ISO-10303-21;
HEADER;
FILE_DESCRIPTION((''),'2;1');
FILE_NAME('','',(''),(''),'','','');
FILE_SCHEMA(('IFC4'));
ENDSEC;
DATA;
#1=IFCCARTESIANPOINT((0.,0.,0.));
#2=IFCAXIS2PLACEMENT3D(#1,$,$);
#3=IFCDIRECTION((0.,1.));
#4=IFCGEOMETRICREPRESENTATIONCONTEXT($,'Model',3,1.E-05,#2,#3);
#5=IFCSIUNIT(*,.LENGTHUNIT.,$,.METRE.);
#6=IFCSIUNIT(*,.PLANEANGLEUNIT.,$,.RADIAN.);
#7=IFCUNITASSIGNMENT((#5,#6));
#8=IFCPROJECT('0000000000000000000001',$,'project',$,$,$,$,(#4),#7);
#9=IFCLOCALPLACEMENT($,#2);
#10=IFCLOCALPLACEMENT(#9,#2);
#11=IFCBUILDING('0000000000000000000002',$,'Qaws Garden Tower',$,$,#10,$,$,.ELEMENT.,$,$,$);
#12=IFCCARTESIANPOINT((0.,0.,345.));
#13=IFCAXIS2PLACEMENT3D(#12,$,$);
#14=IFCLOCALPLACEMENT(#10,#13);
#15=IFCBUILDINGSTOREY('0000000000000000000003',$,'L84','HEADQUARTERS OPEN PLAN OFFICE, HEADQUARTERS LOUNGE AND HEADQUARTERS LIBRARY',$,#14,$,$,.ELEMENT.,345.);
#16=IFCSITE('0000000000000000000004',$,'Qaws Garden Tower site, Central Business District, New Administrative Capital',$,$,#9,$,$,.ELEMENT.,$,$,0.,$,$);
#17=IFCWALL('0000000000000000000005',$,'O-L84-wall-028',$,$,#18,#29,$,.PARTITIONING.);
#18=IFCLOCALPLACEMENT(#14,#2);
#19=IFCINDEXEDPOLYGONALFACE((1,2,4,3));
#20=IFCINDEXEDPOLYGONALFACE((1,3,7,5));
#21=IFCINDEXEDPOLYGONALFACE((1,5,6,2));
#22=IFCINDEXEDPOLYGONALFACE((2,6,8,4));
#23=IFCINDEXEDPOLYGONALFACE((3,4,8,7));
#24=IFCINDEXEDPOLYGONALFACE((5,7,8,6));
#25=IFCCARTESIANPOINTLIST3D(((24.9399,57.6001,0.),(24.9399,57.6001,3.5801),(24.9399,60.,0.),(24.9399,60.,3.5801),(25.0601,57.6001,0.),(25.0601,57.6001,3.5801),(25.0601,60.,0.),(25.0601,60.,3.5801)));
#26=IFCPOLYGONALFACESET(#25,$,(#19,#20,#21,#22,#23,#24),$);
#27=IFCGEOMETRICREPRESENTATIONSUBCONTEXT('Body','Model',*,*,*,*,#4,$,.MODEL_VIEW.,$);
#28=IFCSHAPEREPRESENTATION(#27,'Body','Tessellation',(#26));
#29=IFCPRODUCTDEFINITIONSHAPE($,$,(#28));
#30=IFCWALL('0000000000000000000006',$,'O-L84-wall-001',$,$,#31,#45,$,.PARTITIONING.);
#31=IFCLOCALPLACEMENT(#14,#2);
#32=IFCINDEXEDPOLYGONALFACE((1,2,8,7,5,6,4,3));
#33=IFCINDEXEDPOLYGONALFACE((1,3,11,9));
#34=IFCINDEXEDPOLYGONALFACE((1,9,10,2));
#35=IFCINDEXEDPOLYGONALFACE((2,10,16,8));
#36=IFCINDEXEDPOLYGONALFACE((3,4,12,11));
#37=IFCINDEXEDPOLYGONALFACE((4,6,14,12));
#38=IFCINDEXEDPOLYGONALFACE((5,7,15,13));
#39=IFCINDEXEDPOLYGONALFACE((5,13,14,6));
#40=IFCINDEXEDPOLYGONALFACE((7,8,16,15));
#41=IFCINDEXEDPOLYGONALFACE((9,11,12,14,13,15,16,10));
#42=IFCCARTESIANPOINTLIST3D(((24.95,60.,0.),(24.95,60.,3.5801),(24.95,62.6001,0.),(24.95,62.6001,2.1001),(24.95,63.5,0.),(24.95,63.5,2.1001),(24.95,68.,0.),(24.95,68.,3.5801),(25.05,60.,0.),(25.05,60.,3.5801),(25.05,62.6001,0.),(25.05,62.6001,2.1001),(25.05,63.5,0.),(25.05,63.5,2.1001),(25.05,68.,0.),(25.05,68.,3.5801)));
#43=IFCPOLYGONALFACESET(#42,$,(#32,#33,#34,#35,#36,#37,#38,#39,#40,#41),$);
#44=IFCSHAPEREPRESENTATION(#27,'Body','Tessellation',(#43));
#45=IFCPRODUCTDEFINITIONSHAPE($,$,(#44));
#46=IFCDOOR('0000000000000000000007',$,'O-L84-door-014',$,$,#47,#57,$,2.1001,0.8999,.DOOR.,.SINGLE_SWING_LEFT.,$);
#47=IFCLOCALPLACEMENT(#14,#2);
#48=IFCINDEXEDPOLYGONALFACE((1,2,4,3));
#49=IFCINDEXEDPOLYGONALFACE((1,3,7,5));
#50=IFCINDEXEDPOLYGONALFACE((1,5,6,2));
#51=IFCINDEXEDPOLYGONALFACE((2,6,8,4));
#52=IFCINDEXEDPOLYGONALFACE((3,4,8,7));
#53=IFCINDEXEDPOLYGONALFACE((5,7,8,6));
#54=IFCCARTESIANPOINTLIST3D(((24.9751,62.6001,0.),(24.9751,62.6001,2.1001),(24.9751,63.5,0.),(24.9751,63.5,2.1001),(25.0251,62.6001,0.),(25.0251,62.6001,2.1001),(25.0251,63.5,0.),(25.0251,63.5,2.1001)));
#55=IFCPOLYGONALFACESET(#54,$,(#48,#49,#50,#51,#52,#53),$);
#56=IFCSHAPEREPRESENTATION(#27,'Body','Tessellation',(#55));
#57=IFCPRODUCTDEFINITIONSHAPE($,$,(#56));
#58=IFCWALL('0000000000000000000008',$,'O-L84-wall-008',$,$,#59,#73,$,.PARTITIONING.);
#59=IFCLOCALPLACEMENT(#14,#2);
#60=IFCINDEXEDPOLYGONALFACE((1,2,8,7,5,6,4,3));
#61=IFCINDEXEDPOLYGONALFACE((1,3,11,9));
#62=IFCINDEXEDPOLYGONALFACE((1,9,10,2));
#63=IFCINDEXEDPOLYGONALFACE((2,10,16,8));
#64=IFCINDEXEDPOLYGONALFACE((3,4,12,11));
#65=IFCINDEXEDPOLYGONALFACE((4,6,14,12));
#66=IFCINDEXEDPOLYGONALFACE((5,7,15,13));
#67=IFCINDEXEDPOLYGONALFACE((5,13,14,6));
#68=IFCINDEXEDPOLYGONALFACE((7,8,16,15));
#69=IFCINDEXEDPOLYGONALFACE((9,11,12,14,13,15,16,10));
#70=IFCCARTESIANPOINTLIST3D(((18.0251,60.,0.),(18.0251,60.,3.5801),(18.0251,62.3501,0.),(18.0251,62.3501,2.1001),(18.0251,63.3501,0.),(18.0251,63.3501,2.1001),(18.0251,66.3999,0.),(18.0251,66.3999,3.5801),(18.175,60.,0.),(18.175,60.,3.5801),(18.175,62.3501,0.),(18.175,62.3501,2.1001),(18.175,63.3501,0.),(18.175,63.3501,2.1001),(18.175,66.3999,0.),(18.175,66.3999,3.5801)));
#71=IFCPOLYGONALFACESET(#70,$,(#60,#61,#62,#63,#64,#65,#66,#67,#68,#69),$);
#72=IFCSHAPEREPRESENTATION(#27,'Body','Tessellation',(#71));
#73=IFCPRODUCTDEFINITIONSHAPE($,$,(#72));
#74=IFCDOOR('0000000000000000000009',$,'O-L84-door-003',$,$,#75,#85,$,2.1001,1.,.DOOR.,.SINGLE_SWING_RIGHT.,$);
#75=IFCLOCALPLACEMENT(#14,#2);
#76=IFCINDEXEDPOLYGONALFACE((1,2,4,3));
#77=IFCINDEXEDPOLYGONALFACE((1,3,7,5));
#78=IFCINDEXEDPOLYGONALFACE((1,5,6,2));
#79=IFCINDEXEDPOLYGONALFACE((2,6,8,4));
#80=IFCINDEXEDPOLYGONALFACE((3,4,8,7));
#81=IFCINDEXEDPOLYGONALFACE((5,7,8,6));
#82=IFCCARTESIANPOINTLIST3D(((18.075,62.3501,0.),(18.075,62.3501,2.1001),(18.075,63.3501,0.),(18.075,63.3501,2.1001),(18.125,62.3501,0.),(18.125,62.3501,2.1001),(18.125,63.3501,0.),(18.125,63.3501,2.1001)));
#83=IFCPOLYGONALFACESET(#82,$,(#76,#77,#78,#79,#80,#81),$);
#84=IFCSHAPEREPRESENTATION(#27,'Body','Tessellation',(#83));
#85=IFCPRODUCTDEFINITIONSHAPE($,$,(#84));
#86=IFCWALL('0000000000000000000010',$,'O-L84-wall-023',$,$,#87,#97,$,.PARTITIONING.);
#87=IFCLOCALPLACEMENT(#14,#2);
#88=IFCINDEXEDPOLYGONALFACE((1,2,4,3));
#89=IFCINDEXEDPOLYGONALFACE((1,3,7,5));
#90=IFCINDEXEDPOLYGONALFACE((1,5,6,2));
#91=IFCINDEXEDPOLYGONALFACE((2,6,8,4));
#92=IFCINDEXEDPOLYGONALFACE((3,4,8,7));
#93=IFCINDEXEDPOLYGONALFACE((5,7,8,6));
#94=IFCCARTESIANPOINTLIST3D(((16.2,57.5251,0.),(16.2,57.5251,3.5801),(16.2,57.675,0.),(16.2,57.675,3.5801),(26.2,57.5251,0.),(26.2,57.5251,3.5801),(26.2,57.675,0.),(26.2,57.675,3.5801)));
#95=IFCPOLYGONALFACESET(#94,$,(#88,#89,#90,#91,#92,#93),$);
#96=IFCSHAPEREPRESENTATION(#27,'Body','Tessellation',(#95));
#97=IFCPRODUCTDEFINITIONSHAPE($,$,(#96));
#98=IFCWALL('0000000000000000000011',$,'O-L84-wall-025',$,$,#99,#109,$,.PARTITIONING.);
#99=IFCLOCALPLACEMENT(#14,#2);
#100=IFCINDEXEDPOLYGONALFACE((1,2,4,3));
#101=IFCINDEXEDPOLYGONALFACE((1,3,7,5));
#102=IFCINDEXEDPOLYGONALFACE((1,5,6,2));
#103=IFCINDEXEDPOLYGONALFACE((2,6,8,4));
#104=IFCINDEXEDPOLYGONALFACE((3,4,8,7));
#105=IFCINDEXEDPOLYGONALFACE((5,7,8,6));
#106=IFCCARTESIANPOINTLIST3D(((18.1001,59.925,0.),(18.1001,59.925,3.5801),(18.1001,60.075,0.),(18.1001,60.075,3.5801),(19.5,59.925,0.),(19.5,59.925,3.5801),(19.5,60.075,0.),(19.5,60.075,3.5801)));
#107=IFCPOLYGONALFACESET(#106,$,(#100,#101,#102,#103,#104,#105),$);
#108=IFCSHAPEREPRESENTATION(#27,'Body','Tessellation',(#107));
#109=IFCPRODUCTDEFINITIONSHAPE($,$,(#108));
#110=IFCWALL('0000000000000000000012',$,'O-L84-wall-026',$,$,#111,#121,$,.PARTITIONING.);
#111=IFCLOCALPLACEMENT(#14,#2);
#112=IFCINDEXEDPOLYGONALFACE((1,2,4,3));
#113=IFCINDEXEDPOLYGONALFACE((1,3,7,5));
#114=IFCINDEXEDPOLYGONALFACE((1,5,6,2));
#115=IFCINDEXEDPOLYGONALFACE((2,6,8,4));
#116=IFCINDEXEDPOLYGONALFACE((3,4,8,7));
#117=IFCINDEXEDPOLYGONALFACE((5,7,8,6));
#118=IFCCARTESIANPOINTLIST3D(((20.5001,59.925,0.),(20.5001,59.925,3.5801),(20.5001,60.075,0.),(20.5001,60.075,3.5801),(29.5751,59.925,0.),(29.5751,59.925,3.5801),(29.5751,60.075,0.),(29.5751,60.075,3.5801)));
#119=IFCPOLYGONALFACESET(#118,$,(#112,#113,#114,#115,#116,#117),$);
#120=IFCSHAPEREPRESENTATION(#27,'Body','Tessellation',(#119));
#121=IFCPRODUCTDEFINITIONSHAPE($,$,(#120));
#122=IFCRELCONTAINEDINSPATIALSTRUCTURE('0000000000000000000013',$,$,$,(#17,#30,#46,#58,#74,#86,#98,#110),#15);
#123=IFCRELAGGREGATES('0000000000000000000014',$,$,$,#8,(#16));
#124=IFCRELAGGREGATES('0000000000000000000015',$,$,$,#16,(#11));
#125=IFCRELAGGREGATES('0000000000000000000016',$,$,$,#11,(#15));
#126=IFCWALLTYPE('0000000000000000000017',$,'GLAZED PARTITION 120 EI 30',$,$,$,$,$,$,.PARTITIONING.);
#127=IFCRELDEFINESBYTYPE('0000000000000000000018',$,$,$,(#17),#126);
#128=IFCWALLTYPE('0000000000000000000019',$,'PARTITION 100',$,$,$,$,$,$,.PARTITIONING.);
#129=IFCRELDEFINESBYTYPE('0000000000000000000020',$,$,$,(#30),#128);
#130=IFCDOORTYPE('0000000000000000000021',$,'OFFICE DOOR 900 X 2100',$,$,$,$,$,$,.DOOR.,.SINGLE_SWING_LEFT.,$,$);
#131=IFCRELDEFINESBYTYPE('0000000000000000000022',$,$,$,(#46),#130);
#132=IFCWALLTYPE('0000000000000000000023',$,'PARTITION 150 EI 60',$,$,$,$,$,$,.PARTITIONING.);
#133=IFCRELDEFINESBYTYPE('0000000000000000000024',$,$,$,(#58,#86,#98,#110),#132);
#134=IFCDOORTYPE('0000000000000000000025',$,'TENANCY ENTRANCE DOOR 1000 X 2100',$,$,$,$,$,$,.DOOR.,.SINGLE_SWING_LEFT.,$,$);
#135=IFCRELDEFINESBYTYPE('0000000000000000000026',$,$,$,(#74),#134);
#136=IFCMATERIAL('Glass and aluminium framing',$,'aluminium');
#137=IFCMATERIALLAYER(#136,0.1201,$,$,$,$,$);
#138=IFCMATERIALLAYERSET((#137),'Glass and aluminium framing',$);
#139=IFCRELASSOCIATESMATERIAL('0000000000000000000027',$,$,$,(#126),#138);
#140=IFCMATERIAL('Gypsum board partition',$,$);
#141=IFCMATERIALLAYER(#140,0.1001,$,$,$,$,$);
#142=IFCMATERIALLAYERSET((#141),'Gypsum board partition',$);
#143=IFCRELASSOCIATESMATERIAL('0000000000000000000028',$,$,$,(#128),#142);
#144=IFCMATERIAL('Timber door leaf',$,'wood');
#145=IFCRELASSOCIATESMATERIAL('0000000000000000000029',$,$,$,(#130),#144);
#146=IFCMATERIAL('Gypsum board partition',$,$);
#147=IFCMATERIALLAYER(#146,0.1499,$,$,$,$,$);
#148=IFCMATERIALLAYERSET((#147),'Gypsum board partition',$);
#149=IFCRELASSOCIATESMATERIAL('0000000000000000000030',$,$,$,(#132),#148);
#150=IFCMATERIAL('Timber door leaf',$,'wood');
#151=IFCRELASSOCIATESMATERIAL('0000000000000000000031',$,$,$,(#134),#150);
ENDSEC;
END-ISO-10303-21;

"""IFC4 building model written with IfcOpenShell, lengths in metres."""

from ifc_helpers import new_model, si_unit, direction, frame, frame_2d, origin, place, context, subcontext, project, spatial, rectangle, extrude, material, layer, layer_set, type_object, element, fill, save


model = new_model("IFC4")

# Units and contexts
model_context = context("Model", 3, precision=1e-05, world=origin(), true_north=direction((0.0, 1.0)))
body_context = subcontext(model_context, "Body", "Model", "MODEL_VIEW")
ifc_project = project(units=[si_unit("LENGTHUNIT", "METRE"), si_unit("PLANEANGLEUNIT", "RADIAN")], contexts=[model_context])

# Site, building, storey
site_placement = place(None, origin())
site = spatial("IfcSite", under=ifc_project, at=site_placement, Name="Qaws Garden Tower site, Central Business District, New Administrative Capital", CompositionType="ELEMENT", RefElevation=0.0)
building_placement = place(site_placement, origin())
building = spatial("IfcBuilding", under=site, at=building_placement, Name="Qaws Garden Tower", CompositionType="ELEMENT")
storey_placement = place(building_placement, frame((0.0, 0.0, 345.0)))
storey = spatial("IfcBuildingStorey", under=building, at=storey_placement, Name="L84", Description="HEADQUARTERS OPEN PLAN OFFICE, HEADQUARTERS LOUNGE AND HEADQUARTERS LIBRARY", CompositionType="ELEMENT", Elevation=345.0)

# Wall
ifc_material_1 = material(Name="Glass and aluminium framing", Category="aluminium")
ifc_layer_1 = layer(ifc_material_1, 0.1201)
ifc_layer_set_1 = layer_set([ifc_layer_1], Name="Glass and aluminium framing")
wall_type_1 = type_object("IfcWallType", Name="GLAZED PARTITION 120 EI 30", PredefinedType="PARTITIONING", material=ifc_layer_set_1)
wall_1_placement = place(storey_placement, frame((25.0, 57.6001, 0.0), z_axis=(0.0, 0.0, 1.0), x_axis=(0.0, 1.0, 0.0)))
element("IfcWall", 1, at=wall_1_placement, inside=storey, type_object=wall_type_1, Name="O-L84-wall-028", PredefinedType="PARTITIONING", context=body_context, shape_type="SweptSolid", body=[
    extrude(rectangle(XDim=2.3999, YDim=0.1201, at=frame_2d((1.2, 0.0))), origin(), (0.0, 0.0, 1.0), 3.5801),
])

# Walls, openings, doors
ifc_material_2 = material(Name="Gypsum board partition")
ifc_layer_2 = layer(ifc_material_2, 0.1001)
ifc_layer_set_2 = layer_set([ifc_layer_2], Name="Gypsum board partition")
wall_type_2 = type_object("IfcWallType", Name="PARTITION 100", PredefinedType="PARTITIONING", material=ifc_layer_set_2)
wall_2_placement = place(storey_placement, frame((25.0, 60.0, 0.0), z_axis=(0.0, 0.0, 1.0), x_axis=(0.0, 1.0, 0.0)))
wall_2 = element("IfcWall", 2, at=wall_2_placement, inside=storey, type_object=wall_type_2, Name="O-L84-wall-001", PredefinedType="PARTITIONING", context=body_context, shape_type="SweptSolid", body=[
    extrude(rectangle(XDim=8.0, YDim=0.1001, at=frame_2d((4.0, 0.0))), origin(), (0.0, 0.0, 1.0), 3.5801),
])
opening_1_placement = place(wall_2_placement, frame((2.6001, 0.0, 0.0)))
opening_1 = element("IfcOpeningElement", 3, at=opening_1_placement, cuts=wall_2, PredefinedType="OPENING", context=body_context, shape_type="SweptSolid", body=[
    extrude(rectangle(XDim=0.8999, YDim=2.1001, at=frame_2d((0.45, 1.05))), frame((0.0, 0.0601, 0.0), z_axis=(0.0, -1.0, 0.0), x_axis=(1.0, 0.0, 0.0)), (0.0, 0.0, 1.0), 0.1201),
])
ifc_material_3 = material(Name="Timber door leaf", Category="wood")
door_type_1 = type_object("IfcDoorType", Name="OFFICE DOOR 900 X 2100", OperationType="SINGLE_SWING_LEFT", PredefinedType="DOOR", material=ifc_material_3)
door_1_placement = place(opening_1_placement, origin())
door_1 = element("IfcDoor", 4, at=door_1_placement, inside=storey, type_object=door_type_1, Name="O-L84-door-014", OperationType="SINGLE_SWING_LEFT", OverallHeight=2.1001, OverallWidth=0.8999, PredefinedType="DOOR", context=body_context, shape_type="SweptSolid", body=[
    extrude(rectangle(XDim=0.8999, YDim=2.1001, at=frame_2d((0.45, 1.05))), frame((0.0, 0.0249, 0.0), z_axis=(0.0, -1.0, 0.0), x_axis=(1.0, 0.0, 0.0)), (0.0, 0.0, 1.0), 0.05),
])
fill(opening_1, door_1)
ifc_material_4 = material(Name="Gypsum board partition")
ifc_layer_3 = layer(ifc_material_4, 0.1499)
ifc_layer_set_3 = layer_set([ifc_layer_3], Name="Gypsum board partition")
wall_type_3 = type_object("IfcWallType", Name="PARTITION 150 EI 60", PredefinedType="PARTITIONING", material=ifc_layer_set_3)
wall_3_placement = place(storey_placement, frame((18.1001, 60.0, 0.0), z_axis=(0.0, 0.0, 1.0), x_axis=(0.0, 1.0, 0.0)))
wall_3 = element("IfcWall", 5, at=wall_3_placement, inside=storey, type_object=wall_type_3, Name="O-L84-wall-008", PredefinedType="PARTITIONING", context=body_context, shape_type="SweptSolid", body=[
    extrude(rectangle(XDim=6.3999, YDim=0.1499, at=frame_2d((3.2, 0.0))), origin(), (0.0, 0.0, 1.0), 3.5801),
])
opening_2_placement = place(wall_3_placement, frame((2.3501, 0.0, 0.0)))
opening_2 = element("IfcOpeningElement", 6, at=opening_2_placement, cuts=wall_3, PredefinedType="OPENING", context=body_context, shape_type="SweptSolid", body=[
    extrude(rectangle(XDim=1.0, YDim=2.1001, at=frame_2d((0.5, 1.05))), frame((0.0, 0.085, 0.0), z_axis=(0.0, -1.0, 0.0), x_axis=(1.0, 0.0, 0.0)), (0.0, 0.0, 1.0), 0.1699),
])
ifc_material_5 = material(Name="Timber door leaf", Category="wood")
door_type_2 = type_object("IfcDoorType", Name="TENANCY ENTRANCE DOOR 1000 X 2100", OperationType="SINGLE_SWING_LEFT", PredefinedType="DOOR", material=ifc_material_5)
door_2_placement = place(opening_2_placement, frame((1.0, 0.0, 0.0), z_axis=(0.0, 0.0, 1.0), x_axis=(-1.0, 0.0, 0.0)))
door_2 = element("IfcDoor", 7, at=door_2_placement, inside=storey, type_object=door_type_2, Name="O-L84-door-003", OperationType="SINGLE_SWING_RIGHT", OverallHeight=2.1001, OverallWidth=1.0, PredefinedType="DOOR", context=body_context, shape_type="SweptSolid", body=[
    extrude(rectangle(XDim=1.0, YDim=2.1001, at=frame_2d((0.5, 1.05))), frame((0.0, 0.0249, 0.0), z_axis=(0.0, -1.0, 0.0), x_axis=(1.0, 0.0, 0.0)), (0.0, 0.0, 1.0), 0.05),
])
fill(opening_2, door_2)

# Walls
wall_4_placement = place(storey_placement, frame((16.2, 57.6001, 0.0), z_axis=(0.0, 0.0, 1.0), x_axis=(1.0, 0.0, 0.0)))
element("IfcWall", 8, at=wall_4_placement, inside=storey, type_object=wall_type_3, Name="O-L84-wall-023", PredefinedType="PARTITIONING", context=body_context, shape_type="SweptSolid", body=[
    extrude(rectangle(XDim=10.0, YDim=0.1499, at=frame_2d((5.0, 0.0))), origin(), (0.0, 0.0, 1.0), 3.5801),
])
wall_5_placement = place(storey_placement, frame((18.1001, 60.0, 0.0), z_axis=(0.0, 0.0, 1.0), x_axis=(1.0, 0.0, 0.0)))
element("IfcWall", 9, at=wall_5_placement, inside=storey, type_object=wall_type_3, Name="O-L84-wall-025", PredefinedType="PARTITIONING", context=body_context, shape_type="SweptSolid", body=[
    extrude(rectangle(XDim=1.3999, YDim=0.1499, at=frame_2d((0.7, 0.0))), origin(), (0.0, 0.0, 1.0), 3.5801),
])
wall_6_placement = place(storey_placement, frame((20.5, 60.0, 0.0), z_axis=(0.0, 0.0, 1.0), x_axis=(1.0, 0.0, 0.0)))
element("IfcWall", 10, at=wall_6_placement, inside=storey, type_object=wall_type_3, Name="O-L84-wall-026", PredefinedType="PARTITIONING", context=body_context, shape_type="SweptSolid", body=[
    extrude(rectangle(XDim=9.075, YDim=0.1499, at=frame_2d((4.5376, 0.0))), origin(), (0.0, 0.0, 1.0), 3.5801),
])

save(model, "model.ifc")
